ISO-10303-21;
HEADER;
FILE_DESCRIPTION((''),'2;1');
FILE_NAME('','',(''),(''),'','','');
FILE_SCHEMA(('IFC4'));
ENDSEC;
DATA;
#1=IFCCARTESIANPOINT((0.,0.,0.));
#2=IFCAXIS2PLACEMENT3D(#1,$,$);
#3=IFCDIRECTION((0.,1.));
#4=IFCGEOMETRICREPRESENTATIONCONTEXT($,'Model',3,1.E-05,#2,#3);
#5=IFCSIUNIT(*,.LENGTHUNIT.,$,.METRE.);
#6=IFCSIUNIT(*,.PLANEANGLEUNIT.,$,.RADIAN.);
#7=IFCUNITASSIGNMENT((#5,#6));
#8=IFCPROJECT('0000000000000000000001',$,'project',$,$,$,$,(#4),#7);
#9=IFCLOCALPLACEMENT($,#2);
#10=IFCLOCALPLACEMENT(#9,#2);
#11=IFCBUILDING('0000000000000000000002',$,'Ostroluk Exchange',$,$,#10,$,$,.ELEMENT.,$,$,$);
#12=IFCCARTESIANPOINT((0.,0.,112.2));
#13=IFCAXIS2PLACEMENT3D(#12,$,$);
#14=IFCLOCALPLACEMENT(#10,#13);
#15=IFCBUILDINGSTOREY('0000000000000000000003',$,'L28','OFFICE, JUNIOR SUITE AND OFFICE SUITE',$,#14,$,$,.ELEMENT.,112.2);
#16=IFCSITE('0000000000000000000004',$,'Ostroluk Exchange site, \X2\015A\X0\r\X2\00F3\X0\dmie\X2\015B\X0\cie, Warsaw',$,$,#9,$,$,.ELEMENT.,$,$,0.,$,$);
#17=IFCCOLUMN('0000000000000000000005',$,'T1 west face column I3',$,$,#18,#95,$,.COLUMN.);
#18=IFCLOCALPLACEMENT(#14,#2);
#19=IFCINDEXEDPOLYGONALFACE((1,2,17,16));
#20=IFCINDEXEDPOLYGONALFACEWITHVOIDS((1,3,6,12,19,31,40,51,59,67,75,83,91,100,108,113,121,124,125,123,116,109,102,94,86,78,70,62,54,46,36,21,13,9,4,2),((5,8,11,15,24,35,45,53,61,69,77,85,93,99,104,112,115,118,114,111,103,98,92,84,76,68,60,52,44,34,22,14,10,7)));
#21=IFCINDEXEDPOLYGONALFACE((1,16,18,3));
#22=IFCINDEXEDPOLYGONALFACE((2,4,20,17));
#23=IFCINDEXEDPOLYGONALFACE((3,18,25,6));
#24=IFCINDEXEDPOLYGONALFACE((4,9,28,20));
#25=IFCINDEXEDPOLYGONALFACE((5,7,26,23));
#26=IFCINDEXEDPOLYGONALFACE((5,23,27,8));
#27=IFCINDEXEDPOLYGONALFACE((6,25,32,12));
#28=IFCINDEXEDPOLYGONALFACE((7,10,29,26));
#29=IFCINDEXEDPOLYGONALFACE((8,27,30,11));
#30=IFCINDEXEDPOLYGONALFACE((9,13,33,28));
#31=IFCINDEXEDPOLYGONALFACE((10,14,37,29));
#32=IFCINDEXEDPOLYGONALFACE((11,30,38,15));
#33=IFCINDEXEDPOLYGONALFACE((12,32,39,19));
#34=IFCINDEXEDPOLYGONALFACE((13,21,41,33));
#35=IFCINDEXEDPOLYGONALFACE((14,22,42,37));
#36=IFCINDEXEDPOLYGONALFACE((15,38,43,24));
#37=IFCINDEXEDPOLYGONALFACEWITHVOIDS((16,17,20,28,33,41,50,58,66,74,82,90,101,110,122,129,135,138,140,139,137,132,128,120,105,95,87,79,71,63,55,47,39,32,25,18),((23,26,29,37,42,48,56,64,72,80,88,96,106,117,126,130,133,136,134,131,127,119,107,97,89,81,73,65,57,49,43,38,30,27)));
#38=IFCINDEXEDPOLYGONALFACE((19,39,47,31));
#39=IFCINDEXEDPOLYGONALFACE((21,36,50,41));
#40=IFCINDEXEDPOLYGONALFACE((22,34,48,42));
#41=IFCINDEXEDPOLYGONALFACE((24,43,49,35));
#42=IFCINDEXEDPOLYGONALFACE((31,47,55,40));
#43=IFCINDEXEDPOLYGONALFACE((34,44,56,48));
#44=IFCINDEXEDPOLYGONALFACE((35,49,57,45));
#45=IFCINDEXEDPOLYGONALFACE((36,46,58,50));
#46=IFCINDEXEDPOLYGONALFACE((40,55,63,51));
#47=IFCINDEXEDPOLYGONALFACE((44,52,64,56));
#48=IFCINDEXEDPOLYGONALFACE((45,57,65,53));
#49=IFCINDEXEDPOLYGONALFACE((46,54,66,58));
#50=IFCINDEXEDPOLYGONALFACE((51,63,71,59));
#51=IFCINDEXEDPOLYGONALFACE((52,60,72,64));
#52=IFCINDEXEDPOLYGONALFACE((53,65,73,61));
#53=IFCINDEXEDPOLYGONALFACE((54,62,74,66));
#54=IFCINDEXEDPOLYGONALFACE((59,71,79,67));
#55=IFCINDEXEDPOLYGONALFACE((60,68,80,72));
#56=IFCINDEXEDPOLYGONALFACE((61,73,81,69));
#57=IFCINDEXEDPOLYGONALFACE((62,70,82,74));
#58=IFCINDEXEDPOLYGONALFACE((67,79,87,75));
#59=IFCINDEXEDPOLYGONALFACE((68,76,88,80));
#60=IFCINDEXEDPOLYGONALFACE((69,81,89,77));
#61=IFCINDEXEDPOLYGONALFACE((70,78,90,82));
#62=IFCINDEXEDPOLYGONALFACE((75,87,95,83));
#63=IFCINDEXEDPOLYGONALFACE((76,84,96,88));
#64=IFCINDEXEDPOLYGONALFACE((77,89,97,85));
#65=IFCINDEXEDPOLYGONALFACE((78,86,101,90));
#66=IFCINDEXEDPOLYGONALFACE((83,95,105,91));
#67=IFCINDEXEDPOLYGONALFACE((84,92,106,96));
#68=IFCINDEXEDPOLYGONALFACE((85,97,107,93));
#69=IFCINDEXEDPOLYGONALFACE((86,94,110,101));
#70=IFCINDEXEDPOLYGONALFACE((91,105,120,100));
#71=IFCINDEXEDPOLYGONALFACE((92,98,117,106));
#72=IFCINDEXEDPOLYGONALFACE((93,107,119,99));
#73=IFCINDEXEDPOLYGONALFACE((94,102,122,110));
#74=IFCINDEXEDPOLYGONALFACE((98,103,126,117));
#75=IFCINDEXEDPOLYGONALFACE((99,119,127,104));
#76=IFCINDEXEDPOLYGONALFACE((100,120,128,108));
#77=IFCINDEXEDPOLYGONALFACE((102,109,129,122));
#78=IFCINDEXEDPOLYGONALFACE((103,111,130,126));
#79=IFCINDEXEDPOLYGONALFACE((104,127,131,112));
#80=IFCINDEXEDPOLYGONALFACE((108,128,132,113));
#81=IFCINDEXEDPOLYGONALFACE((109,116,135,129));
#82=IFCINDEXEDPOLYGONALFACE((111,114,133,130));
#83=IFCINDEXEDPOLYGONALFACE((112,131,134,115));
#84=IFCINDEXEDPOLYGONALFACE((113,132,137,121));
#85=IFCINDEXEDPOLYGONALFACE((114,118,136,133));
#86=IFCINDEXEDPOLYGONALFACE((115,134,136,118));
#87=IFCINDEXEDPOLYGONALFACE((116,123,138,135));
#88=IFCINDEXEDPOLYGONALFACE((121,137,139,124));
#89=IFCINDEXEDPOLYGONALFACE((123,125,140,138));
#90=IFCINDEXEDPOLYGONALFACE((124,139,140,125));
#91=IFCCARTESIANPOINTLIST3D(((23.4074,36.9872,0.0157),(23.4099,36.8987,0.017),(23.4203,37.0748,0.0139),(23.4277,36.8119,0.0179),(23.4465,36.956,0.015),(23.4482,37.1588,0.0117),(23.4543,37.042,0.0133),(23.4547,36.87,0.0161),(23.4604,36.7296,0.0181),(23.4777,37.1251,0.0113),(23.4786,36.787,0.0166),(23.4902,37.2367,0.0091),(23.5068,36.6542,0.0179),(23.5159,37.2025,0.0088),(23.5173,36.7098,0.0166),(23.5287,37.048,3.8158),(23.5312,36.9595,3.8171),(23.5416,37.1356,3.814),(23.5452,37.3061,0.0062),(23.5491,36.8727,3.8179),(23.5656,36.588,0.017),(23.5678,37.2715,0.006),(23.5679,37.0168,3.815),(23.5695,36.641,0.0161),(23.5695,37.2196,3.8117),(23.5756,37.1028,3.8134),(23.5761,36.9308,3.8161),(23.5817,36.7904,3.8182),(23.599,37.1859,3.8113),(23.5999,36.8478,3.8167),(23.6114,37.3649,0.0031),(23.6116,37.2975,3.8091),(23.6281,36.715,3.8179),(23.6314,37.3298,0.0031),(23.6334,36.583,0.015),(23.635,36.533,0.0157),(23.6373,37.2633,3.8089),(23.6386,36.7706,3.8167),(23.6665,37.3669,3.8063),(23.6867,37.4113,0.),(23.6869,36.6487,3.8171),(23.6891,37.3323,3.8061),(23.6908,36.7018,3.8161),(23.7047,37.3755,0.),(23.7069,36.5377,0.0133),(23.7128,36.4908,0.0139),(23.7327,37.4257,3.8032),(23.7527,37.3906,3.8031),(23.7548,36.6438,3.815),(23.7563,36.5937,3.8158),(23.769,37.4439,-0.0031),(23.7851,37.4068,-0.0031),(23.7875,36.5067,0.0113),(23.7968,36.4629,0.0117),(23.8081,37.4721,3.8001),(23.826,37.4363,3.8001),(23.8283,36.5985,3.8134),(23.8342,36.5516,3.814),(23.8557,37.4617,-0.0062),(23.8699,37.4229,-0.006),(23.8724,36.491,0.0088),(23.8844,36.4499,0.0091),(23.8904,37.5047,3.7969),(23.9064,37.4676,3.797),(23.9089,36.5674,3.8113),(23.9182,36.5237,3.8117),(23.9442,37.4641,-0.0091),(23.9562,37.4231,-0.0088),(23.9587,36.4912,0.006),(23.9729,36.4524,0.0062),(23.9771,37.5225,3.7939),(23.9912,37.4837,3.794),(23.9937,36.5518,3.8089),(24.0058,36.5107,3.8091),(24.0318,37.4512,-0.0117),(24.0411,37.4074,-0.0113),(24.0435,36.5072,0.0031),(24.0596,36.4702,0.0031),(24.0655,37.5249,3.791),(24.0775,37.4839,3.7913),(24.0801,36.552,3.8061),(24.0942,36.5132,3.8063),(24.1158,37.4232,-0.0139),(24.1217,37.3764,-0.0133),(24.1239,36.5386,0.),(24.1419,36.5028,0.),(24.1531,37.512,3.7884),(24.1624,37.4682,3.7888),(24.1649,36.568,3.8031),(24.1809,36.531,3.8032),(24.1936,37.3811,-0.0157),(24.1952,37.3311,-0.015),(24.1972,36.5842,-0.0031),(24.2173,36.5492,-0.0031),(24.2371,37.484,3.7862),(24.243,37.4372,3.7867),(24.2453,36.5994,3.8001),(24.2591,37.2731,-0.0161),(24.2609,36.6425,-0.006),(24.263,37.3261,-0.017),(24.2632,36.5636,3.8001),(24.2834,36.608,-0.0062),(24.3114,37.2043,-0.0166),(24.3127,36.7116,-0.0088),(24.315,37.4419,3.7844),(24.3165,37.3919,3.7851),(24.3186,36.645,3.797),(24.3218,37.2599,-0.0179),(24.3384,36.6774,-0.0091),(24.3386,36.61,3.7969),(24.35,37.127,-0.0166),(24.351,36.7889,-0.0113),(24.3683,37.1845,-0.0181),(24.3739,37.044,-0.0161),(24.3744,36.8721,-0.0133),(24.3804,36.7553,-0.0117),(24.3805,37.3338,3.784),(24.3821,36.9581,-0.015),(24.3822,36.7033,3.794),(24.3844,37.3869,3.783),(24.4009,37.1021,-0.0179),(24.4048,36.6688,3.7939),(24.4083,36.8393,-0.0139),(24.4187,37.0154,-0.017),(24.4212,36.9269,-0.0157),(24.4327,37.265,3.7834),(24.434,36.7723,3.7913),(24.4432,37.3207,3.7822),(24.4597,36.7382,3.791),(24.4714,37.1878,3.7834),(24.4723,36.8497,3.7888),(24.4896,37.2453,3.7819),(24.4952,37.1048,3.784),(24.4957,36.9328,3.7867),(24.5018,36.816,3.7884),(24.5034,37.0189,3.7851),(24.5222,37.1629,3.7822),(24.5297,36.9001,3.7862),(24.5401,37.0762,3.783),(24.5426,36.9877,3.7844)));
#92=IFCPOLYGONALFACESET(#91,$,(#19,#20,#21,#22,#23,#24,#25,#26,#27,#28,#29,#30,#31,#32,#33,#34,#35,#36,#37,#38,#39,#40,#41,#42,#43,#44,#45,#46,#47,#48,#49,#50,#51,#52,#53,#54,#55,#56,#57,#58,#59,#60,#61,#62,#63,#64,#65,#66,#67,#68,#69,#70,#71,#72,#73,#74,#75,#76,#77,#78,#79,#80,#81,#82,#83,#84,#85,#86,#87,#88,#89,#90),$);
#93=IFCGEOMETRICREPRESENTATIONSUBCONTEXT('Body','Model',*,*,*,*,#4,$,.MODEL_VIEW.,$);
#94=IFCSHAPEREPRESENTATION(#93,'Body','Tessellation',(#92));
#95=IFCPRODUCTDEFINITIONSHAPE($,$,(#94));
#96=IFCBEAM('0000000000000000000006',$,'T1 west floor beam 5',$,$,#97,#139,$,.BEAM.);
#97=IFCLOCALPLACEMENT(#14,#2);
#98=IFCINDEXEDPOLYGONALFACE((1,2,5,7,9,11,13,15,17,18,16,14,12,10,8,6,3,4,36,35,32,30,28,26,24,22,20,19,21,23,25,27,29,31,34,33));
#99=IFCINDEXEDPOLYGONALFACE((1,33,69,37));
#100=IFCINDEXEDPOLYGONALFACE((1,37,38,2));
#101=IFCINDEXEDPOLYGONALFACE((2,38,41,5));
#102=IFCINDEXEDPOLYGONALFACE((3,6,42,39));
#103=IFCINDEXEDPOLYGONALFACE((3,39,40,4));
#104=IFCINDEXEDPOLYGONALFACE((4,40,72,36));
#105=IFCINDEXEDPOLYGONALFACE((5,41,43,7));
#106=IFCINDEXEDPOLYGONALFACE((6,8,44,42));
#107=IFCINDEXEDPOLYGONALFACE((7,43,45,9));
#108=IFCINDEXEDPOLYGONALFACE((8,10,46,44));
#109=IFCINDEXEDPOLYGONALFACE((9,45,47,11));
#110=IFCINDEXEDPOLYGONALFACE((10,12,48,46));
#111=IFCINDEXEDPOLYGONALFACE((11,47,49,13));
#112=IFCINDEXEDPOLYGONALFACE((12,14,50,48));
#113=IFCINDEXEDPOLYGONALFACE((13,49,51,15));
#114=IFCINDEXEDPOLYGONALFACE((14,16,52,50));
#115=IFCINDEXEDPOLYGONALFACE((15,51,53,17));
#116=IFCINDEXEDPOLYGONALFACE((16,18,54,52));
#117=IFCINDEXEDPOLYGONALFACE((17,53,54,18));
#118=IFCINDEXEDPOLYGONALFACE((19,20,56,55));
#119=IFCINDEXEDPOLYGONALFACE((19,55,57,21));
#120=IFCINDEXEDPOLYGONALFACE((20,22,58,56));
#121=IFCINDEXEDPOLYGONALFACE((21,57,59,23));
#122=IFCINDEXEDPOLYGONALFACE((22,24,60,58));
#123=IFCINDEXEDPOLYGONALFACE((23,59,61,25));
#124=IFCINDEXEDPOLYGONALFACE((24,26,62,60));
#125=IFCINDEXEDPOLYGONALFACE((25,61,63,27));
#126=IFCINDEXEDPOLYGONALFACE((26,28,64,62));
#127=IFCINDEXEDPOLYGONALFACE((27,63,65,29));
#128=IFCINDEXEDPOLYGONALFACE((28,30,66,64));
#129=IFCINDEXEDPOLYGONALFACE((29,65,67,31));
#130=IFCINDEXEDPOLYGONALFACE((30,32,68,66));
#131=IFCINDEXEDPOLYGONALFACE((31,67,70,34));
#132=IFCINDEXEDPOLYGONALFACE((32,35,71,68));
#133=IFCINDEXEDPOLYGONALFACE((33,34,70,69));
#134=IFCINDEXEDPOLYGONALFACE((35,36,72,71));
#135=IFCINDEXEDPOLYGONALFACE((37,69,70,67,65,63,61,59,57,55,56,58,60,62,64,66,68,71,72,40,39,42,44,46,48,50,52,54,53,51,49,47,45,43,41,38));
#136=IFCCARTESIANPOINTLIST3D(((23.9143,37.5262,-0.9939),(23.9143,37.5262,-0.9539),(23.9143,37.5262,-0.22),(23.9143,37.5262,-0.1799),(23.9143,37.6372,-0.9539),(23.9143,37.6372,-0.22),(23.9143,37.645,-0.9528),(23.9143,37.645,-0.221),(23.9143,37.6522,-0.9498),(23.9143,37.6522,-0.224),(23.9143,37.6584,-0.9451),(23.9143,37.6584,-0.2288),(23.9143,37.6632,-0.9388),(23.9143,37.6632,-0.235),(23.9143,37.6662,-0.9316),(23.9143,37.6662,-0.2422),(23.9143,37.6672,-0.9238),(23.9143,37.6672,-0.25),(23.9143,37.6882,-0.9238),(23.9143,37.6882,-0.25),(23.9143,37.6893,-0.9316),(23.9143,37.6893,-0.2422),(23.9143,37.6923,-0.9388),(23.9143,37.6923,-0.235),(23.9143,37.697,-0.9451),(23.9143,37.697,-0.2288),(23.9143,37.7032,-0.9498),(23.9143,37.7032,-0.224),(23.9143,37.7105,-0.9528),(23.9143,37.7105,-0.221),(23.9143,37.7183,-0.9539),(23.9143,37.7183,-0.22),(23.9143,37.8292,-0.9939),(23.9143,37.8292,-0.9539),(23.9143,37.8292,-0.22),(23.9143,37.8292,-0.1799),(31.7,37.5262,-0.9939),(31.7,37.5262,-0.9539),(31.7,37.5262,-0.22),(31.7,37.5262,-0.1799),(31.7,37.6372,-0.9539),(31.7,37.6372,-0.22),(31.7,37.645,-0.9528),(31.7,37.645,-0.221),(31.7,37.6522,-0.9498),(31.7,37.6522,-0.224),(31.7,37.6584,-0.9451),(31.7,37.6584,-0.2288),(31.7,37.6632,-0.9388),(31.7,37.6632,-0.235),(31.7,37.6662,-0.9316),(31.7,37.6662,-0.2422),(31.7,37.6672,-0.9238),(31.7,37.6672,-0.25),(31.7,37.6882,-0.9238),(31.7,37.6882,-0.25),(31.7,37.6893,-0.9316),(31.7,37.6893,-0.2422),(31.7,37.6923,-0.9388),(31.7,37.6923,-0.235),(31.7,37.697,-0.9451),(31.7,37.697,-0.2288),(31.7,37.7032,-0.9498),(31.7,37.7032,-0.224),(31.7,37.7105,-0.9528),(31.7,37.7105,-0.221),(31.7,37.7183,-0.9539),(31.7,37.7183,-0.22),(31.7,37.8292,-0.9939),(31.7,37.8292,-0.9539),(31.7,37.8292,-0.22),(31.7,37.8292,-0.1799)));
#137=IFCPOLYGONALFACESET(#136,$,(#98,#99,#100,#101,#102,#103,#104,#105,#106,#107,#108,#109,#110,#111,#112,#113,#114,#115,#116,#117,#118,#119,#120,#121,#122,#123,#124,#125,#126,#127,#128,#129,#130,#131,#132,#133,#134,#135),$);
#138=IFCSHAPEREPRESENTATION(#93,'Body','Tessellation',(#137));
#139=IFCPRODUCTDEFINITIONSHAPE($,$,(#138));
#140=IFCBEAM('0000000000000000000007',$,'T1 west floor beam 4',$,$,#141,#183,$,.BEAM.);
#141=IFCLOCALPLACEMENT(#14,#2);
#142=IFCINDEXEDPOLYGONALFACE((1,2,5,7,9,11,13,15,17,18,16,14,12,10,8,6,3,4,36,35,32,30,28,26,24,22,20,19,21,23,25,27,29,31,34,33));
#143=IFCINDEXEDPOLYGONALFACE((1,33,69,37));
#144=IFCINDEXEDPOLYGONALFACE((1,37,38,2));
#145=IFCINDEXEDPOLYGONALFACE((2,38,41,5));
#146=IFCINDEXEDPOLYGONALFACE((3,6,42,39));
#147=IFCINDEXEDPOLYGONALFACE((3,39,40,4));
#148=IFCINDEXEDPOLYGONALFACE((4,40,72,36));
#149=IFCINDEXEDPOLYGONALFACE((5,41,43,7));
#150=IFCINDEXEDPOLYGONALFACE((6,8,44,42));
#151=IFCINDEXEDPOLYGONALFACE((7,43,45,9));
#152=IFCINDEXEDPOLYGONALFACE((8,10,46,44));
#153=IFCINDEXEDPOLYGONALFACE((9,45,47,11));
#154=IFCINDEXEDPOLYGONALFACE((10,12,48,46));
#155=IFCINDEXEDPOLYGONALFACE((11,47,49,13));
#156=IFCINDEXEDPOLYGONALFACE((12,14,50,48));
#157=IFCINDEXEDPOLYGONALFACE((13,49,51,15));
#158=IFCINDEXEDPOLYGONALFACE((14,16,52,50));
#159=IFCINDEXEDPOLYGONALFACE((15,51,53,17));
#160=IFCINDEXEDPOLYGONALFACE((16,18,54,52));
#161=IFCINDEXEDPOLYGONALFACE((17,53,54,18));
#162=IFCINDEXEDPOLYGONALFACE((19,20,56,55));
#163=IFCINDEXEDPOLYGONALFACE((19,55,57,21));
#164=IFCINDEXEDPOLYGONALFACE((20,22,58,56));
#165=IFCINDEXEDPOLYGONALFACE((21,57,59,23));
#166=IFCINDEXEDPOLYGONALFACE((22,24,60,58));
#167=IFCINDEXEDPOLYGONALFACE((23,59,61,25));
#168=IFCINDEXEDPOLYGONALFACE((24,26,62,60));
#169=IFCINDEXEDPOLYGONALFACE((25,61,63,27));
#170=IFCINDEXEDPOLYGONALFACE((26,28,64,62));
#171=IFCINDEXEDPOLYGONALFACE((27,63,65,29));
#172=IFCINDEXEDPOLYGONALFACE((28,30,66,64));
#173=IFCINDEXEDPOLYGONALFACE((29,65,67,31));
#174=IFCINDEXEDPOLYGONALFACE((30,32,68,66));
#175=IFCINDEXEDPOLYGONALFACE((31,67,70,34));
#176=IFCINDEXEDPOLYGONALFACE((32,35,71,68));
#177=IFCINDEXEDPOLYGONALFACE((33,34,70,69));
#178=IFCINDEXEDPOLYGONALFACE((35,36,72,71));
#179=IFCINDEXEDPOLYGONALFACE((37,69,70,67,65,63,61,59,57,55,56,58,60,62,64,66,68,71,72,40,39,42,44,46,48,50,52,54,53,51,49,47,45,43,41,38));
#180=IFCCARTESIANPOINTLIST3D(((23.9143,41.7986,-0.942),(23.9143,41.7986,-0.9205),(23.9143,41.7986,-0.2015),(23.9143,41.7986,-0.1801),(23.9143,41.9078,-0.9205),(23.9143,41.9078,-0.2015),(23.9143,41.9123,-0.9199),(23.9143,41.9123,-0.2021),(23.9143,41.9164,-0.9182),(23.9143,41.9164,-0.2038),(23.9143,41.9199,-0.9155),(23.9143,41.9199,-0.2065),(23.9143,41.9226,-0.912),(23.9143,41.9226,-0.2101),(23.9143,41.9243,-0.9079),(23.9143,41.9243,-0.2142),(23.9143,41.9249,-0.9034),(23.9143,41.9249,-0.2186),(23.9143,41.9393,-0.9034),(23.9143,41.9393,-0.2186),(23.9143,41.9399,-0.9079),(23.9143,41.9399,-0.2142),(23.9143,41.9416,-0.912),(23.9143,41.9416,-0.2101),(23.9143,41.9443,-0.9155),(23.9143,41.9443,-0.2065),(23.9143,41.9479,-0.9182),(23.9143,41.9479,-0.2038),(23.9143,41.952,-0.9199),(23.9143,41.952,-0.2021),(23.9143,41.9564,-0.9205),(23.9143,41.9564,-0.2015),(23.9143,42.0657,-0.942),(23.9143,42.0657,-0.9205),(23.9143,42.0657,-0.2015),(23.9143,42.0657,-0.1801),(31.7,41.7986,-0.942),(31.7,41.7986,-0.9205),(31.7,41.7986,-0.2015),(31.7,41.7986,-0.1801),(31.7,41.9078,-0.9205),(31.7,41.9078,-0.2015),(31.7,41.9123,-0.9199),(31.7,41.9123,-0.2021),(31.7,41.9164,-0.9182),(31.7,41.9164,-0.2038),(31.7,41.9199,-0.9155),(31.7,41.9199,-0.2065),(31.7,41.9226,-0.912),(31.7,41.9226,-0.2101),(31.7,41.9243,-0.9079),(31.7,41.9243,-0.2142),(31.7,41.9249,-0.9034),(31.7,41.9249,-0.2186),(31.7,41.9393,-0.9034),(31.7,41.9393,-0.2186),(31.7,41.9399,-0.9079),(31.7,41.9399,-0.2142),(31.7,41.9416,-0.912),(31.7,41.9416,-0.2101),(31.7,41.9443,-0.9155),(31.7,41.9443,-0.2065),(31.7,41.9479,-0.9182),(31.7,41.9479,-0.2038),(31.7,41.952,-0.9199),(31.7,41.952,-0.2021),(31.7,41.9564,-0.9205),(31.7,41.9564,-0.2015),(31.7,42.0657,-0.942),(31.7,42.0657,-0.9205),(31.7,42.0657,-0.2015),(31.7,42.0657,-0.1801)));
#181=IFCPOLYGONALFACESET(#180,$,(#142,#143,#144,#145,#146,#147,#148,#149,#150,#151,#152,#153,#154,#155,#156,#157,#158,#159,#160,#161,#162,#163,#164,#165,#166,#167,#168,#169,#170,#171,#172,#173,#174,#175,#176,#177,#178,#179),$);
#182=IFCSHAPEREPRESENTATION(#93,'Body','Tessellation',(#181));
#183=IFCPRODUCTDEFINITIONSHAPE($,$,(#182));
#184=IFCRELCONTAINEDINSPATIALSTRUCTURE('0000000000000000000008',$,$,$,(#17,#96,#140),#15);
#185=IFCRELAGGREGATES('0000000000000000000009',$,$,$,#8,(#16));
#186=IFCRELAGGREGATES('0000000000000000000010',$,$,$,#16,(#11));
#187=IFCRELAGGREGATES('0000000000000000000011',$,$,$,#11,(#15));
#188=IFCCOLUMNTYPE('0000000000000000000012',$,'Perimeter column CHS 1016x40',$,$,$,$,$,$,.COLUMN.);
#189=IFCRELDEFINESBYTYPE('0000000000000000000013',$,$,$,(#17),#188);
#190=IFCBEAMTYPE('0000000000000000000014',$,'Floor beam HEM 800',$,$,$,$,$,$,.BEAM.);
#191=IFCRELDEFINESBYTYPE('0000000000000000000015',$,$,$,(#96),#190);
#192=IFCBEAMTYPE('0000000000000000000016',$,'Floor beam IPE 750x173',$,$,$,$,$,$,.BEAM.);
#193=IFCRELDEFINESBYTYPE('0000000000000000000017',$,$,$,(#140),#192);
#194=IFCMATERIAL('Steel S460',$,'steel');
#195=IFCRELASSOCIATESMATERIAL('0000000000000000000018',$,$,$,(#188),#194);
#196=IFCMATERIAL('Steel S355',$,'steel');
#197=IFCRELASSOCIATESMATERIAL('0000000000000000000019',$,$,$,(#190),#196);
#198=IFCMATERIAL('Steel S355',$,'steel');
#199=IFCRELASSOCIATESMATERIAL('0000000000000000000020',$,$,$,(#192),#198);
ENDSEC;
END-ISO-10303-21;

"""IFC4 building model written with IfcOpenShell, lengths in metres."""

from ifc_helpers import new_model, si_unit, direction, frame, origin, origin_2d, place, context, subcontext, project, spatial, hollow_circle, i_section, extrude, material, material_profile, profile_set, type_object, element, save


model = new_model("IFC4")

# Units and contexts
model_context = context("Model", 3, precision=1e-05, world=origin(), true_north=direction((0.0, 1.0)))
body_context = subcontext(model_context, "Body", "Model", "MODEL_VIEW")
ifc_project = project(units=[si_unit("LENGTHUNIT", "METRE"), si_unit("PLANEANGLEUNIT", "RADIAN")], contexts=[model_context])

# Site, building, storey
site_placement = place(None, origin())
site = spatial("IfcSite", under=ifc_project, at=site_placement, Name="Ostroluk Exchange site, Śródmieście, Warsaw", CompositionType="ELEMENT", RefElevation=0.0)
building_placement = place(site_placement, origin())
building = spatial("IfcBuilding", under=site, at=building_placement, Name="Ostroluk Exchange", CompositionType="ELEMENT")
storey_placement = place(building_placement, frame((0.0, 0.0, 112.2)))
storey = spatial("IfcBuildingStorey", under=building, at=storey_placement, Name="L28", Description="OFFICE, JUNIOR SUITE AND OFFICE SUITE", CompositionType="ELEMENT", Elevation=112.2)

# Column
ifc_material_1 = material(Name="Steel S460", Category="steel")
ifc_material_profile_1 = material_profile(ifc_material_1, hollow_circle(Radius=0.5081, WallThickness=0.04, at=origin_2d()), Name="CHS 1016x40")
ifc_profile_set_1 = profile_set([ifc_material_profile_1], Name="Steel S460")
column_type = type_object("IfcColumnType", Name="Perimeter column CHS 1016x40", PredefinedType="COLUMN", material=ifc_profile_set_1)
column_placement = place(storey_placement, frame((23.9143, 36.957, 0.0), z_axis=(0.03191, 0.015987, 0.999363), x_axis=(-0.447933, 0.894067, 0.0)))
element("IfcColumn", 1, at=column_placement, inside=storey, type_object=column_type, Name="T1 west face column I3", PredefinedType="COLUMN", context=body_context, shape_type="SweptSolid", body=[
    extrude(hollow_circle(Radius=0.5081, WallThickness=0.04, at=origin_2d()), origin(), (0.0, 0.0, 1.0), 3.8025),
])

# Beams
ifc_material_2 = material(Name="Steel S355", Category="steel")
ifc_material_profile_2 = material_profile(ifc_material_2, i_section(OverallWidth=0.303, OverallDepth=0.814, WebThickness=0.021, FlangeThickness=0.04, FilletRadius=0.03, at=origin_2d()), Name="HEM 800")
ifc_profile_set_2 = profile_set([ifc_material_profile_2], Name="Steel S355")
beam_type_1 = type_object("IfcBeamType", Name="Floor beam HEM 800", PredefinedType="BEAM", material=ifc_profile_set_2)
beam_1_placement = place(storey_placement, frame((31.7, 37.6777, -0.5869), z_axis=(-1.0, 0.0, 0.0), x_axis=(0.0, -1.0, 0.0)))
element("IfcBeam", 2, at=beam_1_placement, inside=storey, type_object=beam_type_1, Name="T1 west floor beam 5", PredefinedType="BEAM", context=body_context, shape_type="SweptSolid", body=[
    extrude(i_section(OverallWidth=0.303, OverallDepth=0.814, WebThickness=0.021, FlangeThickness=0.04, FilletRadius=0.03, at=origin_2d()), origin(), (0.0, 0.0, 1.0), 7.7856),
])
ifc_material_3 = material(Name="Steel S355", Category="steel")
ifc_material_profile_3 = material_profile(ifc_material_3, i_section(OverallWidth=0.2671, OverallDepth=0.762, WebThickness=0.0144, FlangeThickness=0.0215, FilletRadius=0.0171, at=origin_2d()), Name="IPE 750x173")
ifc_profile_set_3 = profile_set([ifc_material_profile_3], Name="Steel S355")
beam_type_2 = type_object("IfcBeamType", Name="Floor beam IPE 750x173", PredefinedType="BEAM", material=ifc_profile_set_3)
beam_2_placement = place(storey_placement, frame((31.7, 41.9321, -0.561), z_axis=(-1.0, 0.0, 0.0), x_axis=(0.0, -1.0, 0.0)))
element("IfcBeam", 3, at=beam_2_placement, inside=storey, type_object=beam_type_2, Name="T1 west floor beam 4", PredefinedType="BEAM", context=body_context, shape_type="SweptSolid", body=[
    extrude(i_section(OverallWidth=0.2671, OverallDepth=0.762, WebThickness=0.0144, FlangeThickness=0.0215, FilletRadius=0.0171, at=origin_2d()), origin(), (0.0, 0.0, 1.0), 7.7856),
])

save(model, "model.ifc")
